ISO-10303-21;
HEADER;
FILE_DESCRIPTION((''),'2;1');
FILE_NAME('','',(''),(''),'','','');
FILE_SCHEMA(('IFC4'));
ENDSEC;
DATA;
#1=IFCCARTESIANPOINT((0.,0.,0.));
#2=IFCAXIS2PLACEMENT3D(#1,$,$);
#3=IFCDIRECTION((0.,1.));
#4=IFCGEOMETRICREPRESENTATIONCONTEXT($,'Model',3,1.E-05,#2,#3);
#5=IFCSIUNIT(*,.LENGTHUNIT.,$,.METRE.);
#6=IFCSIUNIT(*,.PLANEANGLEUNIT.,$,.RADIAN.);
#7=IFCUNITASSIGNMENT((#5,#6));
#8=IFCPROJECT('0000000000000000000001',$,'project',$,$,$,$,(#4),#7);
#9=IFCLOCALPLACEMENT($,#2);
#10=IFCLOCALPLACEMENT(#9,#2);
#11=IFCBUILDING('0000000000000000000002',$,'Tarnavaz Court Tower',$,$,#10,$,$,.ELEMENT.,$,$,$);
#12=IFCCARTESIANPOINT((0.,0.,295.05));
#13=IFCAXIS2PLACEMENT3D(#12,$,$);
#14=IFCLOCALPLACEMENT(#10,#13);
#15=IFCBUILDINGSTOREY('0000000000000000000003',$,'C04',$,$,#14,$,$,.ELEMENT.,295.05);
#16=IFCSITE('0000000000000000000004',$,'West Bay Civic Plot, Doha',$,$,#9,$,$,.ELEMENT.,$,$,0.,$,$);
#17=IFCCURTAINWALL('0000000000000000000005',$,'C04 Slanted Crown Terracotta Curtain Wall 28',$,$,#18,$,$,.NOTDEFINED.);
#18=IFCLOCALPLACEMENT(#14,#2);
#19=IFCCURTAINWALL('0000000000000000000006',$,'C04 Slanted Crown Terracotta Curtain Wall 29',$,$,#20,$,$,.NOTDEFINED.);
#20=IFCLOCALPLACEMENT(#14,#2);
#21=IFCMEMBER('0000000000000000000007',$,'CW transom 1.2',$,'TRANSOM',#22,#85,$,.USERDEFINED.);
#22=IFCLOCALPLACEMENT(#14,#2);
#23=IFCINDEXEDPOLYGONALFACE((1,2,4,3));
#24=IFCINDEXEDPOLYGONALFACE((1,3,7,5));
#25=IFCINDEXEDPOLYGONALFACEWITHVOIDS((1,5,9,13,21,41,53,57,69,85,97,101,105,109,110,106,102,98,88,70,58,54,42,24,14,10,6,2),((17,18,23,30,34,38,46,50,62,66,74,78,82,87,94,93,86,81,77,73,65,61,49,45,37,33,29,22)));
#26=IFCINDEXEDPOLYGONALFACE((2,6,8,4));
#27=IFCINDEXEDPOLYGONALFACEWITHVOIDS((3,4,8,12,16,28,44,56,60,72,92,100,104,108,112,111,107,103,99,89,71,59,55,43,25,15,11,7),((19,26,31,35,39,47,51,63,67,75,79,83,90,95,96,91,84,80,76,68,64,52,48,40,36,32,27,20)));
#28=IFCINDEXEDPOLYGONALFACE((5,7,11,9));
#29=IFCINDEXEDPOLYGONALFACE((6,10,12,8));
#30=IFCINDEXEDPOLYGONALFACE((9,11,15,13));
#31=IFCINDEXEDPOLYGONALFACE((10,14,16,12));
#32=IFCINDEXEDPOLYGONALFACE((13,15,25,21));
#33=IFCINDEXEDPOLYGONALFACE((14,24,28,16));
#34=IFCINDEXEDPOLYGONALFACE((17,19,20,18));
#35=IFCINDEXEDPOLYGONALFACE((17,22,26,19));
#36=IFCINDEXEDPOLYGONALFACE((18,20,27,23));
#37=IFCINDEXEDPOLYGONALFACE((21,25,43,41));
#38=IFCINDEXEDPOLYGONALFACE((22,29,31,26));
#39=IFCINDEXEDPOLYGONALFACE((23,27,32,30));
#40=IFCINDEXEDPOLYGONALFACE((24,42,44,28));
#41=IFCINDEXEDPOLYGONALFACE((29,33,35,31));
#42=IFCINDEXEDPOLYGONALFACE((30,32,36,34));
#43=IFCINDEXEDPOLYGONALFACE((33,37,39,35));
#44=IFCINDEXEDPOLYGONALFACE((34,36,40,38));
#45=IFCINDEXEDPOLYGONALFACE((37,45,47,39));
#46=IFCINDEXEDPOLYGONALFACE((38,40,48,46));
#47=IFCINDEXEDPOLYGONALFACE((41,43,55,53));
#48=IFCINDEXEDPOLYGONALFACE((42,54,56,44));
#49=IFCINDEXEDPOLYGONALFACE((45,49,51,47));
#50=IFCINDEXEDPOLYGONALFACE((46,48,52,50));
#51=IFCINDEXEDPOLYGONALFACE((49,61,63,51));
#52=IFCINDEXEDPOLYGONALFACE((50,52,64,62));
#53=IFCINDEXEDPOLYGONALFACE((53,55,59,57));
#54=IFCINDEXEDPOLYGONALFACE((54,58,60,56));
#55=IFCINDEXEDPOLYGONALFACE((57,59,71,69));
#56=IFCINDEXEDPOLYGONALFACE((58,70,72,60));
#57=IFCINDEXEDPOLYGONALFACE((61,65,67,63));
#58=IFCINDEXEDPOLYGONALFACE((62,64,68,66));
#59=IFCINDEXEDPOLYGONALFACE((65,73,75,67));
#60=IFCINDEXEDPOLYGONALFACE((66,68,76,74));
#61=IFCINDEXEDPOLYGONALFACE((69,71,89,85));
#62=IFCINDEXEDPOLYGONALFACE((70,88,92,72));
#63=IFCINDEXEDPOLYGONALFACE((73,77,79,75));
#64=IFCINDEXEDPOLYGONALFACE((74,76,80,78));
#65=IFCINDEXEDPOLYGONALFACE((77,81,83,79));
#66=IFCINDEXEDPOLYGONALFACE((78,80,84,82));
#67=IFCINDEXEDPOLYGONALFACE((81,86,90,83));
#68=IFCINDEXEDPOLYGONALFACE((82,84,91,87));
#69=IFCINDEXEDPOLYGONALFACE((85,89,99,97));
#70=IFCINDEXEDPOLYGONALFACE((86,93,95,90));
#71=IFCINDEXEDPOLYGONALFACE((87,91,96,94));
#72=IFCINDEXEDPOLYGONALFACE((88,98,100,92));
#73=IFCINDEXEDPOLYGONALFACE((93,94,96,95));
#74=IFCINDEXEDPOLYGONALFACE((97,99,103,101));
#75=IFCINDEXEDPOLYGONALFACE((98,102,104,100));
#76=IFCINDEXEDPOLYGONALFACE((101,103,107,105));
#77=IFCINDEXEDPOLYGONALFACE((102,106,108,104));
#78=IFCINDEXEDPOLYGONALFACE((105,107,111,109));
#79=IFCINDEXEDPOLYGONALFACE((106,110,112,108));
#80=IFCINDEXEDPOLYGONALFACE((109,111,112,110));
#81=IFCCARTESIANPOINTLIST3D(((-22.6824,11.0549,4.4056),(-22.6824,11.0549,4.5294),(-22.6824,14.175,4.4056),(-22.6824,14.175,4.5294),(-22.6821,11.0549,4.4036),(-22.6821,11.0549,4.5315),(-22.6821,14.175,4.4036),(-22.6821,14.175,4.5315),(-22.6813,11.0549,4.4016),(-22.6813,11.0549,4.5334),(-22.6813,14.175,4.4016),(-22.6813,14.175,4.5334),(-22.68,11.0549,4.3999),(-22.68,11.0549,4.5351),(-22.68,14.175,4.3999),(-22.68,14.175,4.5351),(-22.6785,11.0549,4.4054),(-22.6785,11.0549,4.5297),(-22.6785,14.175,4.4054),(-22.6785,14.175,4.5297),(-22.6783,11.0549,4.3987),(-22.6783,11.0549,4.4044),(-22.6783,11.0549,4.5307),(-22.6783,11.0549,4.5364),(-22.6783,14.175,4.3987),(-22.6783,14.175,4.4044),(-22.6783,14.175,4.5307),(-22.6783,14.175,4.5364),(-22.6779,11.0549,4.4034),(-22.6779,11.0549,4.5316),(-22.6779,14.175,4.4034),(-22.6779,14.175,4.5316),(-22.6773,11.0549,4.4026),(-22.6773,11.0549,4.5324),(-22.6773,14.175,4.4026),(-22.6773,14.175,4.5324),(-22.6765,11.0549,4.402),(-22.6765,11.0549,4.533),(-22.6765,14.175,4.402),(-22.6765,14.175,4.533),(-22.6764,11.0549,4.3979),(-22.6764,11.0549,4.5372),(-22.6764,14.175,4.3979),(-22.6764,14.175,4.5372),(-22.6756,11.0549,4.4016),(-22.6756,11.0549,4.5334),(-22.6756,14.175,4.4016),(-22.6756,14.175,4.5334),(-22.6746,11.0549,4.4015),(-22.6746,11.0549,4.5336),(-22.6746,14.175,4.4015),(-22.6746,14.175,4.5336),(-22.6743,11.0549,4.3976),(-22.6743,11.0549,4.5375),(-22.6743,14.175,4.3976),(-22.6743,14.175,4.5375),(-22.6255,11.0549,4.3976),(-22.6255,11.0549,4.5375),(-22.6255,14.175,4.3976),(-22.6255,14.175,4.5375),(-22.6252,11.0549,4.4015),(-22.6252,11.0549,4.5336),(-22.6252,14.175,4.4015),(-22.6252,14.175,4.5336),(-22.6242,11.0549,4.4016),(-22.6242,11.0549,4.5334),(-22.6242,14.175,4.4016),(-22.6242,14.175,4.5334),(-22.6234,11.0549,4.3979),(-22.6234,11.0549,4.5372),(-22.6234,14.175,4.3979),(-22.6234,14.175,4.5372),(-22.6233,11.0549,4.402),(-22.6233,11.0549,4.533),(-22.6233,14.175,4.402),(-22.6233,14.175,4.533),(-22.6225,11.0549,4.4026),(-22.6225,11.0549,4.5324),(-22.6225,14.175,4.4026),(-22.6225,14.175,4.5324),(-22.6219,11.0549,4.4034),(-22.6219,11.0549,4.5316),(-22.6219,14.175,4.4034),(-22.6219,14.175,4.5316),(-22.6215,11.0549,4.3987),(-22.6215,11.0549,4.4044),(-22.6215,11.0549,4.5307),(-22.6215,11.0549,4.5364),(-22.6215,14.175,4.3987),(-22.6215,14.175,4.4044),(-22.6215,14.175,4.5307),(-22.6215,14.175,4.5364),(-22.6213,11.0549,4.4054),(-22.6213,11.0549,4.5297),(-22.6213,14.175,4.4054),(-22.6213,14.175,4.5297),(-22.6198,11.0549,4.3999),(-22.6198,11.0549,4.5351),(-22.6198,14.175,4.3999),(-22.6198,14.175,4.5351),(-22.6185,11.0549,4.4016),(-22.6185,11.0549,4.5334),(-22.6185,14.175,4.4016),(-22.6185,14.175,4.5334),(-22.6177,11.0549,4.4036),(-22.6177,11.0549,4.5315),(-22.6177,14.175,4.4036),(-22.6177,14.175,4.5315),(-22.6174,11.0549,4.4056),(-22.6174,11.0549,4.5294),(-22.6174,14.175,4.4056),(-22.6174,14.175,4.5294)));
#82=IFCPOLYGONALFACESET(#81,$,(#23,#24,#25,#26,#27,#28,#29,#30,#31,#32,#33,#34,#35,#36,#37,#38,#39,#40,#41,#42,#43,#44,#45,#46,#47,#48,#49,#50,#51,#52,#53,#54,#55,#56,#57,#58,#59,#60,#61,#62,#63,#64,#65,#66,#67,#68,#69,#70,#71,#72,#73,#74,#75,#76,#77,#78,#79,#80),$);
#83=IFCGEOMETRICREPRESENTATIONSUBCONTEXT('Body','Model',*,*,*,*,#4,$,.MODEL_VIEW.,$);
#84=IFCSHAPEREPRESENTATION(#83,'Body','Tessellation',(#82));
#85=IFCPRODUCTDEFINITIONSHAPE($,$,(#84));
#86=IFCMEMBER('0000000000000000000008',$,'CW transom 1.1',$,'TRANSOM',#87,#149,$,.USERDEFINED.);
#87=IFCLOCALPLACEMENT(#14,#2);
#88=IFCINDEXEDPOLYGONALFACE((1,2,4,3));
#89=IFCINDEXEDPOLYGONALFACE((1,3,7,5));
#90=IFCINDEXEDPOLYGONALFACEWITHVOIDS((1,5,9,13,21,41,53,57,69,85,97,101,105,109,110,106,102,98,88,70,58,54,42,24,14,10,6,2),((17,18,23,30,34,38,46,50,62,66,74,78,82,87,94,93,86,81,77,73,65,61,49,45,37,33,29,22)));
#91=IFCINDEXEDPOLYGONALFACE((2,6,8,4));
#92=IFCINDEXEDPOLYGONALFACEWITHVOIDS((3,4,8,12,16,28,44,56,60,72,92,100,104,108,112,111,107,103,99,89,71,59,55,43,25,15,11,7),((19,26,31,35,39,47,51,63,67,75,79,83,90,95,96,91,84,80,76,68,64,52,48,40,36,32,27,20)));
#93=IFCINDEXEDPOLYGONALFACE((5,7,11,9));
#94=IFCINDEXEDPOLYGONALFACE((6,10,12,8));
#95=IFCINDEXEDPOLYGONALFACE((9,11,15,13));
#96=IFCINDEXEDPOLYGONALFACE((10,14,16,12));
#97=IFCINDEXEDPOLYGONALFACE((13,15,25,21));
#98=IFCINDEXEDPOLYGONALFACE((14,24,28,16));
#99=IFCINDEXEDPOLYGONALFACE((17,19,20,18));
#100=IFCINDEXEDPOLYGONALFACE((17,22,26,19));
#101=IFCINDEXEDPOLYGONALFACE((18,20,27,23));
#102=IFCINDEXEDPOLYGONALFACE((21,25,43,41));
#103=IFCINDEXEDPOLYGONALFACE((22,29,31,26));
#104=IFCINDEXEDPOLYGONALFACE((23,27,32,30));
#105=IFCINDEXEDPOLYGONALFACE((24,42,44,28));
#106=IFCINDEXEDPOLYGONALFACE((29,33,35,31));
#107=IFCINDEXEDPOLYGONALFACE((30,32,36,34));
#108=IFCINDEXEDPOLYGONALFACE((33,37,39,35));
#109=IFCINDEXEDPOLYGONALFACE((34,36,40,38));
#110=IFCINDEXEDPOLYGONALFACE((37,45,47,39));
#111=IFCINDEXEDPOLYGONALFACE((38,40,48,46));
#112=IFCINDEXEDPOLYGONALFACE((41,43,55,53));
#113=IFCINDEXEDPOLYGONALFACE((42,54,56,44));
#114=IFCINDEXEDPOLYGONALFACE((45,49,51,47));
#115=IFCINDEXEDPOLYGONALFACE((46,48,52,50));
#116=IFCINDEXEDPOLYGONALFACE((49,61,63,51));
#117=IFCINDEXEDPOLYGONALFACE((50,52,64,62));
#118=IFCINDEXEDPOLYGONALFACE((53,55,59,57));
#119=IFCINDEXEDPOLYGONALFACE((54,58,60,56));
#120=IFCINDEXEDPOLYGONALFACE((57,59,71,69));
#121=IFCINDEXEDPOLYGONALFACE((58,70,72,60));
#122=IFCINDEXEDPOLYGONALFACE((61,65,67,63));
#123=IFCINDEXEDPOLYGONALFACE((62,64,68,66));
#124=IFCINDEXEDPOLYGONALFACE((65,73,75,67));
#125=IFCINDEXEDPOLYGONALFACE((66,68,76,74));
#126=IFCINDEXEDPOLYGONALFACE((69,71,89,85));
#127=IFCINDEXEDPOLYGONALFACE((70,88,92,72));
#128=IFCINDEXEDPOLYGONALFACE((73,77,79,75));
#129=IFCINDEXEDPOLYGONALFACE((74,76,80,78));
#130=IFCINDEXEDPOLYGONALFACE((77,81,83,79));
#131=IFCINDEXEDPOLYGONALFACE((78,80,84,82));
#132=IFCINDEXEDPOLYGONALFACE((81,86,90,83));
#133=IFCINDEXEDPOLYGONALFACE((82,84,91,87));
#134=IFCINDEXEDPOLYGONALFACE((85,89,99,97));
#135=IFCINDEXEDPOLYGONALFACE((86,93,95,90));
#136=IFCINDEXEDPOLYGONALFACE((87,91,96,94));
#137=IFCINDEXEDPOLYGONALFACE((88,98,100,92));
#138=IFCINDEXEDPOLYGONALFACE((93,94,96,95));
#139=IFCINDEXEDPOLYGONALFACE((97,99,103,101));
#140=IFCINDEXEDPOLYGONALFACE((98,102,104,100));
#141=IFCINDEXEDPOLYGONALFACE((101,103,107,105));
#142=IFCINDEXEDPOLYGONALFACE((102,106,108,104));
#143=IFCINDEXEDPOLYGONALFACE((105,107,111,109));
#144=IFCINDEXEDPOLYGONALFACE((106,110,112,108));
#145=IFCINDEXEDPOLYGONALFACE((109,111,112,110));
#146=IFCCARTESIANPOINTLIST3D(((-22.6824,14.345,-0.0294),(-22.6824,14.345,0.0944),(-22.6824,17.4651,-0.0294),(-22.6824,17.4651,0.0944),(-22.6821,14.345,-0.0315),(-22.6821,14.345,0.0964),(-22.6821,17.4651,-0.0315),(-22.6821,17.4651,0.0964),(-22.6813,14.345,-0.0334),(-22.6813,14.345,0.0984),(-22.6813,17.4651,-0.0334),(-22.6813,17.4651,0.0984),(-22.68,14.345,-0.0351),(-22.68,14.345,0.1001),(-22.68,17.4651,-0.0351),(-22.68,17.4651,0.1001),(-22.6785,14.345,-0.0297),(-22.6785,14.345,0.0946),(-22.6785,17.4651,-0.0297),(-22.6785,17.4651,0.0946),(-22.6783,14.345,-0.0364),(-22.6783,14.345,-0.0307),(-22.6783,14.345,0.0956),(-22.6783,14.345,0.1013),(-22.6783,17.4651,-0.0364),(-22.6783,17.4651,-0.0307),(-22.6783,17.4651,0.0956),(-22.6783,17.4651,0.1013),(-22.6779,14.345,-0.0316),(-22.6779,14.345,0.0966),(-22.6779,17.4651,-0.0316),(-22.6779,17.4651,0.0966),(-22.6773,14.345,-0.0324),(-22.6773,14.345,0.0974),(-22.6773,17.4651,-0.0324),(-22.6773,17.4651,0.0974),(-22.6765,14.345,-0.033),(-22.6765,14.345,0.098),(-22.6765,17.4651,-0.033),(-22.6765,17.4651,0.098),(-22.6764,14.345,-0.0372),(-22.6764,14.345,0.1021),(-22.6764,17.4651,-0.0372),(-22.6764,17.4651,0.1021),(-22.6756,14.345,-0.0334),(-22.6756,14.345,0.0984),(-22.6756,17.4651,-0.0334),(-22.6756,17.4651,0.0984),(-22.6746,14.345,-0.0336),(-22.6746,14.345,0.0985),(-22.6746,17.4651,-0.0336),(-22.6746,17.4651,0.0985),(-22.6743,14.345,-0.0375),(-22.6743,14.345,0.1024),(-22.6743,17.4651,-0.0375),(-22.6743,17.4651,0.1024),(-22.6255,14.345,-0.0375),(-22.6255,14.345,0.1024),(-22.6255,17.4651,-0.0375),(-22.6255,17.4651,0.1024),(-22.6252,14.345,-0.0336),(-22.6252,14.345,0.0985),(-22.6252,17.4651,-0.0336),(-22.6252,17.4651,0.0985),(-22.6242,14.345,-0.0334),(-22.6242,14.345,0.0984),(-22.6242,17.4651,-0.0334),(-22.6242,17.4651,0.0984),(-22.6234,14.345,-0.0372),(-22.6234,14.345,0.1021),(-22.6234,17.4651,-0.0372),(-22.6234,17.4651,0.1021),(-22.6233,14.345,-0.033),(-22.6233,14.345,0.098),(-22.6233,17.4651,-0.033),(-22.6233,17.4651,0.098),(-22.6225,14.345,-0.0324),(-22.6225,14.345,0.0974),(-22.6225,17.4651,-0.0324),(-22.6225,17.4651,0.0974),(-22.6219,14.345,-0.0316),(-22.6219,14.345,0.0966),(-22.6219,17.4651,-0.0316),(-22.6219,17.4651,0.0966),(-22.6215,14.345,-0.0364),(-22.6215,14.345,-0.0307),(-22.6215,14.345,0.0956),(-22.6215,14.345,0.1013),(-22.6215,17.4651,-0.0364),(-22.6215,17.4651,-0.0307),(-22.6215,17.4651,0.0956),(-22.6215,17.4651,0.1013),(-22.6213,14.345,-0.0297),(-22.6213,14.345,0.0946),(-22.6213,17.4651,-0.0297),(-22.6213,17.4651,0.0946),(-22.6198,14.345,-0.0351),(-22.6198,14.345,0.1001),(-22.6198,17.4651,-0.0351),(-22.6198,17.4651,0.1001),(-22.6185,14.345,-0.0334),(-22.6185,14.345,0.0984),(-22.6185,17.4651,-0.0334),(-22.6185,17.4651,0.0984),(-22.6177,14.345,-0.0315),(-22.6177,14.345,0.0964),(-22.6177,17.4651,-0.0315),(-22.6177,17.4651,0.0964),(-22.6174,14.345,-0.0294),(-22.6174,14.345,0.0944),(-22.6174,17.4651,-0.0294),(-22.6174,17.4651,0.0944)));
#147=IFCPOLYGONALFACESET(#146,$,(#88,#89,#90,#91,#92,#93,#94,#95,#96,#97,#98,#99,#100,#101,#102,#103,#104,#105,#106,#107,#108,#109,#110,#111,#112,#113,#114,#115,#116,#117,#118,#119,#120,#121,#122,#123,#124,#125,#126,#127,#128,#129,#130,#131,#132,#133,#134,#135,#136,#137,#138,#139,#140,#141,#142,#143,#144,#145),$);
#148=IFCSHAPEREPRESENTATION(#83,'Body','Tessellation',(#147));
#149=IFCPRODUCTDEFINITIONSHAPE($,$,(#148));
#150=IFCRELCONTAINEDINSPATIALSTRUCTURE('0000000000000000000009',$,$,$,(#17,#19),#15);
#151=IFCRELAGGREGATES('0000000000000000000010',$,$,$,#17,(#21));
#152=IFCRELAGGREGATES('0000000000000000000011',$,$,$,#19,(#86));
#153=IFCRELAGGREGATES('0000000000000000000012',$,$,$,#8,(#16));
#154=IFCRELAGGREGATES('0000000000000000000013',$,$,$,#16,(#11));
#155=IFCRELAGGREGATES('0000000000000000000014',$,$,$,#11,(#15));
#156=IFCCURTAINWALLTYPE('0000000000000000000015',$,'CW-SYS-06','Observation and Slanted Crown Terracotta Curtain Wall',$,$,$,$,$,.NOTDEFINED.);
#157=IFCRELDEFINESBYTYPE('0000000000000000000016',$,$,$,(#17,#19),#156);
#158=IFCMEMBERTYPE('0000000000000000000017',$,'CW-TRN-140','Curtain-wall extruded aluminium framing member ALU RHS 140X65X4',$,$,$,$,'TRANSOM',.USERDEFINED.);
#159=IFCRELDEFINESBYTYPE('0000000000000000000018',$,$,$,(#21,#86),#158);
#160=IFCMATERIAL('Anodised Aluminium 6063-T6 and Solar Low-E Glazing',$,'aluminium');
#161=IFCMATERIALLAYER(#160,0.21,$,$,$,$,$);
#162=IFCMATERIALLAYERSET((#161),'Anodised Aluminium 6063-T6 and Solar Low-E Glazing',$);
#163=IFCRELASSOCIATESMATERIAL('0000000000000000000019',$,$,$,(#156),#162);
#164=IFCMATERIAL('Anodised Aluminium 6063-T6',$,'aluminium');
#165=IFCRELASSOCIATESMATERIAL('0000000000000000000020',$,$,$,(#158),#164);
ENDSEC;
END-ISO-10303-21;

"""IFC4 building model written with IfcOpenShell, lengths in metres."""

from ifc_helpers import new_model, si_unit, direction, frame, origin, origin_2d, place, context, subcontext, project, spatial, hollow_rectangle, extrude, material, layer, layer_set, material_profile, profile_set, type_object, element, aggregate, save


model = new_model("IFC4")

# Units and contexts
model_context = context("Model", 3, precision=1e-05, world=origin(), true_north=direction((0.0, 1.0)))
body_context = subcontext(model_context, "Body", "Model", "MODEL_VIEW")
ifc_project = project(units=[si_unit("LENGTHUNIT", "METRE"), si_unit("PLANEANGLEUNIT", "RADIAN")], contexts=[model_context])

# Site, building, storey
site_placement = place(None, origin())
site = spatial("IfcSite", under=ifc_project, at=site_placement, Name="West Bay Civic Plot, Doha", CompositionType="ELEMENT", RefElevation=0.0)
building_placement = place(site_placement, origin())
building = spatial("IfcBuilding", under=site, at=building_placement, Name="Tarnavaz Court Tower", CompositionType="ELEMENT")
storey_placement = place(building_placement, frame((0.0, 0.0, 295.05)))
storey = spatial("IfcBuildingStorey", under=building, at=storey_placement, Name="C04", CompositionType="ELEMENT", Elevation=295.05)

# Shared definitions
ifc_material_1 = material(Name="Anodised Aluminium 6063-T6 and Solar Low-E Glazing", Category="aluminium")
ifc_layer_1 = layer(ifc_material_1, 0.21)
ifc_layer_set_1 = layer_set([ifc_layer_1], Name="Anodised Aluminium 6063-T6 and Solar Low-E Glazing")
curtain_wall_type = type_object("IfcCurtainWallType", Name="CW-SYS-06", Description="Observation and Slanted Crown Terracotta Curtain Wall", PredefinedType="NOTDEFINED", material=ifc_layer_set_1)
ifc_material_2 = material(Name="Anodised Aluminium 6063-T6", Category="aluminium")

# Curtain walls
curtain_wall_1_placement = place(storey_placement, origin())
curtain_wall_1 = element("IfcCurtainWall", 1, at=curtain_wall_1_placement, inside=storey, type_object=curtain_wall_type, Name="C04 Slanted Crown Terracotta Curtain Wall 28", PredefinedType="NOTDEFINED")
curtain_wall_2_placement = place(storey_placement, origin())
curtain_wall_2 = element("IfcCurtainWall", 2, at=curtain_wall_2_placement, inside=storey, type_object=curtain_wall_type, Name="C04 Slanted Crown Terracotta Curtain Wall 29", PredefinedType="NOTDEFINED")

# Members
ifc_material_profile_1 = material_profile(ifc_material_2, hollow_rectangle(XDim=0.0649, YDim=0.1399, WallThickness=0.0039, InnerFilletRadius=0.0039, OuterFilletRadius=0.0081, at=origin_2d()), Name="ALU RHS 140X65X4")
ifc_profile_set_1 = profile_set([ifc_material_profile_1], Name="Anodised Aluminium 6063-T6")
member_type_1 = type_object("IfcMemberType", Name="CW-TRN-140", Description="Curtain-wall extruded aluminium framing member ALU RHS 140X65X4", ElementType="TRANSOM", PredefinedType="USERDEFINED", material=ifc_profile_set_1)
member_1_placement = place(storey_placement, frame((-22.6499, 11.0549, 4.4675), z_axis=(0.0, 1.0, 0.0), x_axis=(-1.0, 0.0, 0.0)))
member_1 = element("IfcMember", 3, at=member_1_placement, type_object=member_type_1, Name="CW transom 1.2", ObjectType="TRANSOM", PredefinedType="USERDEFINED", context=body_context, shape_type="SweptSolid", body=[
    extrude(hollow_rectangle(XDim=0.0649, YDim=0.1399, WallThickness=0.0039, InnerFilletRadius=0.0039, OuterFilletRadius=0.0081, at=origin_2d()), origin(), (0.0, 0.0, 1.0), 3.1201),
])
member_2_placement = place(storey_placement, frame((-22.6499, 14.345, 0.0325), z_axis=(0.0, 1.0, 0.0), x_axis=(-1.0, 0.0, 0.0)))
member_2 = element("IfcMember", 4, at=member_2_placement, type_object=member_type_1, Name="CW transom 1.1", ObjectType="TRANSOM", PredefinedType="USERDEFINED", context=body_context, shape_type="SweptSolid", body=[
    extrude(hollow_rectangle(XDim=0.0649, YDim=0.1399, WallThickness=0.0039, InnerFilletRadius=0.0039, OuterFilletRadius=0.0081, at=origin_2d()), origin(), (0.0, 0.0, 1.0), 3.1201),
])

aggregate(curtain_wall_1, [member_1])
aggregate(curtain_wall_2, [member_2])

save(model, "model.ifc")
